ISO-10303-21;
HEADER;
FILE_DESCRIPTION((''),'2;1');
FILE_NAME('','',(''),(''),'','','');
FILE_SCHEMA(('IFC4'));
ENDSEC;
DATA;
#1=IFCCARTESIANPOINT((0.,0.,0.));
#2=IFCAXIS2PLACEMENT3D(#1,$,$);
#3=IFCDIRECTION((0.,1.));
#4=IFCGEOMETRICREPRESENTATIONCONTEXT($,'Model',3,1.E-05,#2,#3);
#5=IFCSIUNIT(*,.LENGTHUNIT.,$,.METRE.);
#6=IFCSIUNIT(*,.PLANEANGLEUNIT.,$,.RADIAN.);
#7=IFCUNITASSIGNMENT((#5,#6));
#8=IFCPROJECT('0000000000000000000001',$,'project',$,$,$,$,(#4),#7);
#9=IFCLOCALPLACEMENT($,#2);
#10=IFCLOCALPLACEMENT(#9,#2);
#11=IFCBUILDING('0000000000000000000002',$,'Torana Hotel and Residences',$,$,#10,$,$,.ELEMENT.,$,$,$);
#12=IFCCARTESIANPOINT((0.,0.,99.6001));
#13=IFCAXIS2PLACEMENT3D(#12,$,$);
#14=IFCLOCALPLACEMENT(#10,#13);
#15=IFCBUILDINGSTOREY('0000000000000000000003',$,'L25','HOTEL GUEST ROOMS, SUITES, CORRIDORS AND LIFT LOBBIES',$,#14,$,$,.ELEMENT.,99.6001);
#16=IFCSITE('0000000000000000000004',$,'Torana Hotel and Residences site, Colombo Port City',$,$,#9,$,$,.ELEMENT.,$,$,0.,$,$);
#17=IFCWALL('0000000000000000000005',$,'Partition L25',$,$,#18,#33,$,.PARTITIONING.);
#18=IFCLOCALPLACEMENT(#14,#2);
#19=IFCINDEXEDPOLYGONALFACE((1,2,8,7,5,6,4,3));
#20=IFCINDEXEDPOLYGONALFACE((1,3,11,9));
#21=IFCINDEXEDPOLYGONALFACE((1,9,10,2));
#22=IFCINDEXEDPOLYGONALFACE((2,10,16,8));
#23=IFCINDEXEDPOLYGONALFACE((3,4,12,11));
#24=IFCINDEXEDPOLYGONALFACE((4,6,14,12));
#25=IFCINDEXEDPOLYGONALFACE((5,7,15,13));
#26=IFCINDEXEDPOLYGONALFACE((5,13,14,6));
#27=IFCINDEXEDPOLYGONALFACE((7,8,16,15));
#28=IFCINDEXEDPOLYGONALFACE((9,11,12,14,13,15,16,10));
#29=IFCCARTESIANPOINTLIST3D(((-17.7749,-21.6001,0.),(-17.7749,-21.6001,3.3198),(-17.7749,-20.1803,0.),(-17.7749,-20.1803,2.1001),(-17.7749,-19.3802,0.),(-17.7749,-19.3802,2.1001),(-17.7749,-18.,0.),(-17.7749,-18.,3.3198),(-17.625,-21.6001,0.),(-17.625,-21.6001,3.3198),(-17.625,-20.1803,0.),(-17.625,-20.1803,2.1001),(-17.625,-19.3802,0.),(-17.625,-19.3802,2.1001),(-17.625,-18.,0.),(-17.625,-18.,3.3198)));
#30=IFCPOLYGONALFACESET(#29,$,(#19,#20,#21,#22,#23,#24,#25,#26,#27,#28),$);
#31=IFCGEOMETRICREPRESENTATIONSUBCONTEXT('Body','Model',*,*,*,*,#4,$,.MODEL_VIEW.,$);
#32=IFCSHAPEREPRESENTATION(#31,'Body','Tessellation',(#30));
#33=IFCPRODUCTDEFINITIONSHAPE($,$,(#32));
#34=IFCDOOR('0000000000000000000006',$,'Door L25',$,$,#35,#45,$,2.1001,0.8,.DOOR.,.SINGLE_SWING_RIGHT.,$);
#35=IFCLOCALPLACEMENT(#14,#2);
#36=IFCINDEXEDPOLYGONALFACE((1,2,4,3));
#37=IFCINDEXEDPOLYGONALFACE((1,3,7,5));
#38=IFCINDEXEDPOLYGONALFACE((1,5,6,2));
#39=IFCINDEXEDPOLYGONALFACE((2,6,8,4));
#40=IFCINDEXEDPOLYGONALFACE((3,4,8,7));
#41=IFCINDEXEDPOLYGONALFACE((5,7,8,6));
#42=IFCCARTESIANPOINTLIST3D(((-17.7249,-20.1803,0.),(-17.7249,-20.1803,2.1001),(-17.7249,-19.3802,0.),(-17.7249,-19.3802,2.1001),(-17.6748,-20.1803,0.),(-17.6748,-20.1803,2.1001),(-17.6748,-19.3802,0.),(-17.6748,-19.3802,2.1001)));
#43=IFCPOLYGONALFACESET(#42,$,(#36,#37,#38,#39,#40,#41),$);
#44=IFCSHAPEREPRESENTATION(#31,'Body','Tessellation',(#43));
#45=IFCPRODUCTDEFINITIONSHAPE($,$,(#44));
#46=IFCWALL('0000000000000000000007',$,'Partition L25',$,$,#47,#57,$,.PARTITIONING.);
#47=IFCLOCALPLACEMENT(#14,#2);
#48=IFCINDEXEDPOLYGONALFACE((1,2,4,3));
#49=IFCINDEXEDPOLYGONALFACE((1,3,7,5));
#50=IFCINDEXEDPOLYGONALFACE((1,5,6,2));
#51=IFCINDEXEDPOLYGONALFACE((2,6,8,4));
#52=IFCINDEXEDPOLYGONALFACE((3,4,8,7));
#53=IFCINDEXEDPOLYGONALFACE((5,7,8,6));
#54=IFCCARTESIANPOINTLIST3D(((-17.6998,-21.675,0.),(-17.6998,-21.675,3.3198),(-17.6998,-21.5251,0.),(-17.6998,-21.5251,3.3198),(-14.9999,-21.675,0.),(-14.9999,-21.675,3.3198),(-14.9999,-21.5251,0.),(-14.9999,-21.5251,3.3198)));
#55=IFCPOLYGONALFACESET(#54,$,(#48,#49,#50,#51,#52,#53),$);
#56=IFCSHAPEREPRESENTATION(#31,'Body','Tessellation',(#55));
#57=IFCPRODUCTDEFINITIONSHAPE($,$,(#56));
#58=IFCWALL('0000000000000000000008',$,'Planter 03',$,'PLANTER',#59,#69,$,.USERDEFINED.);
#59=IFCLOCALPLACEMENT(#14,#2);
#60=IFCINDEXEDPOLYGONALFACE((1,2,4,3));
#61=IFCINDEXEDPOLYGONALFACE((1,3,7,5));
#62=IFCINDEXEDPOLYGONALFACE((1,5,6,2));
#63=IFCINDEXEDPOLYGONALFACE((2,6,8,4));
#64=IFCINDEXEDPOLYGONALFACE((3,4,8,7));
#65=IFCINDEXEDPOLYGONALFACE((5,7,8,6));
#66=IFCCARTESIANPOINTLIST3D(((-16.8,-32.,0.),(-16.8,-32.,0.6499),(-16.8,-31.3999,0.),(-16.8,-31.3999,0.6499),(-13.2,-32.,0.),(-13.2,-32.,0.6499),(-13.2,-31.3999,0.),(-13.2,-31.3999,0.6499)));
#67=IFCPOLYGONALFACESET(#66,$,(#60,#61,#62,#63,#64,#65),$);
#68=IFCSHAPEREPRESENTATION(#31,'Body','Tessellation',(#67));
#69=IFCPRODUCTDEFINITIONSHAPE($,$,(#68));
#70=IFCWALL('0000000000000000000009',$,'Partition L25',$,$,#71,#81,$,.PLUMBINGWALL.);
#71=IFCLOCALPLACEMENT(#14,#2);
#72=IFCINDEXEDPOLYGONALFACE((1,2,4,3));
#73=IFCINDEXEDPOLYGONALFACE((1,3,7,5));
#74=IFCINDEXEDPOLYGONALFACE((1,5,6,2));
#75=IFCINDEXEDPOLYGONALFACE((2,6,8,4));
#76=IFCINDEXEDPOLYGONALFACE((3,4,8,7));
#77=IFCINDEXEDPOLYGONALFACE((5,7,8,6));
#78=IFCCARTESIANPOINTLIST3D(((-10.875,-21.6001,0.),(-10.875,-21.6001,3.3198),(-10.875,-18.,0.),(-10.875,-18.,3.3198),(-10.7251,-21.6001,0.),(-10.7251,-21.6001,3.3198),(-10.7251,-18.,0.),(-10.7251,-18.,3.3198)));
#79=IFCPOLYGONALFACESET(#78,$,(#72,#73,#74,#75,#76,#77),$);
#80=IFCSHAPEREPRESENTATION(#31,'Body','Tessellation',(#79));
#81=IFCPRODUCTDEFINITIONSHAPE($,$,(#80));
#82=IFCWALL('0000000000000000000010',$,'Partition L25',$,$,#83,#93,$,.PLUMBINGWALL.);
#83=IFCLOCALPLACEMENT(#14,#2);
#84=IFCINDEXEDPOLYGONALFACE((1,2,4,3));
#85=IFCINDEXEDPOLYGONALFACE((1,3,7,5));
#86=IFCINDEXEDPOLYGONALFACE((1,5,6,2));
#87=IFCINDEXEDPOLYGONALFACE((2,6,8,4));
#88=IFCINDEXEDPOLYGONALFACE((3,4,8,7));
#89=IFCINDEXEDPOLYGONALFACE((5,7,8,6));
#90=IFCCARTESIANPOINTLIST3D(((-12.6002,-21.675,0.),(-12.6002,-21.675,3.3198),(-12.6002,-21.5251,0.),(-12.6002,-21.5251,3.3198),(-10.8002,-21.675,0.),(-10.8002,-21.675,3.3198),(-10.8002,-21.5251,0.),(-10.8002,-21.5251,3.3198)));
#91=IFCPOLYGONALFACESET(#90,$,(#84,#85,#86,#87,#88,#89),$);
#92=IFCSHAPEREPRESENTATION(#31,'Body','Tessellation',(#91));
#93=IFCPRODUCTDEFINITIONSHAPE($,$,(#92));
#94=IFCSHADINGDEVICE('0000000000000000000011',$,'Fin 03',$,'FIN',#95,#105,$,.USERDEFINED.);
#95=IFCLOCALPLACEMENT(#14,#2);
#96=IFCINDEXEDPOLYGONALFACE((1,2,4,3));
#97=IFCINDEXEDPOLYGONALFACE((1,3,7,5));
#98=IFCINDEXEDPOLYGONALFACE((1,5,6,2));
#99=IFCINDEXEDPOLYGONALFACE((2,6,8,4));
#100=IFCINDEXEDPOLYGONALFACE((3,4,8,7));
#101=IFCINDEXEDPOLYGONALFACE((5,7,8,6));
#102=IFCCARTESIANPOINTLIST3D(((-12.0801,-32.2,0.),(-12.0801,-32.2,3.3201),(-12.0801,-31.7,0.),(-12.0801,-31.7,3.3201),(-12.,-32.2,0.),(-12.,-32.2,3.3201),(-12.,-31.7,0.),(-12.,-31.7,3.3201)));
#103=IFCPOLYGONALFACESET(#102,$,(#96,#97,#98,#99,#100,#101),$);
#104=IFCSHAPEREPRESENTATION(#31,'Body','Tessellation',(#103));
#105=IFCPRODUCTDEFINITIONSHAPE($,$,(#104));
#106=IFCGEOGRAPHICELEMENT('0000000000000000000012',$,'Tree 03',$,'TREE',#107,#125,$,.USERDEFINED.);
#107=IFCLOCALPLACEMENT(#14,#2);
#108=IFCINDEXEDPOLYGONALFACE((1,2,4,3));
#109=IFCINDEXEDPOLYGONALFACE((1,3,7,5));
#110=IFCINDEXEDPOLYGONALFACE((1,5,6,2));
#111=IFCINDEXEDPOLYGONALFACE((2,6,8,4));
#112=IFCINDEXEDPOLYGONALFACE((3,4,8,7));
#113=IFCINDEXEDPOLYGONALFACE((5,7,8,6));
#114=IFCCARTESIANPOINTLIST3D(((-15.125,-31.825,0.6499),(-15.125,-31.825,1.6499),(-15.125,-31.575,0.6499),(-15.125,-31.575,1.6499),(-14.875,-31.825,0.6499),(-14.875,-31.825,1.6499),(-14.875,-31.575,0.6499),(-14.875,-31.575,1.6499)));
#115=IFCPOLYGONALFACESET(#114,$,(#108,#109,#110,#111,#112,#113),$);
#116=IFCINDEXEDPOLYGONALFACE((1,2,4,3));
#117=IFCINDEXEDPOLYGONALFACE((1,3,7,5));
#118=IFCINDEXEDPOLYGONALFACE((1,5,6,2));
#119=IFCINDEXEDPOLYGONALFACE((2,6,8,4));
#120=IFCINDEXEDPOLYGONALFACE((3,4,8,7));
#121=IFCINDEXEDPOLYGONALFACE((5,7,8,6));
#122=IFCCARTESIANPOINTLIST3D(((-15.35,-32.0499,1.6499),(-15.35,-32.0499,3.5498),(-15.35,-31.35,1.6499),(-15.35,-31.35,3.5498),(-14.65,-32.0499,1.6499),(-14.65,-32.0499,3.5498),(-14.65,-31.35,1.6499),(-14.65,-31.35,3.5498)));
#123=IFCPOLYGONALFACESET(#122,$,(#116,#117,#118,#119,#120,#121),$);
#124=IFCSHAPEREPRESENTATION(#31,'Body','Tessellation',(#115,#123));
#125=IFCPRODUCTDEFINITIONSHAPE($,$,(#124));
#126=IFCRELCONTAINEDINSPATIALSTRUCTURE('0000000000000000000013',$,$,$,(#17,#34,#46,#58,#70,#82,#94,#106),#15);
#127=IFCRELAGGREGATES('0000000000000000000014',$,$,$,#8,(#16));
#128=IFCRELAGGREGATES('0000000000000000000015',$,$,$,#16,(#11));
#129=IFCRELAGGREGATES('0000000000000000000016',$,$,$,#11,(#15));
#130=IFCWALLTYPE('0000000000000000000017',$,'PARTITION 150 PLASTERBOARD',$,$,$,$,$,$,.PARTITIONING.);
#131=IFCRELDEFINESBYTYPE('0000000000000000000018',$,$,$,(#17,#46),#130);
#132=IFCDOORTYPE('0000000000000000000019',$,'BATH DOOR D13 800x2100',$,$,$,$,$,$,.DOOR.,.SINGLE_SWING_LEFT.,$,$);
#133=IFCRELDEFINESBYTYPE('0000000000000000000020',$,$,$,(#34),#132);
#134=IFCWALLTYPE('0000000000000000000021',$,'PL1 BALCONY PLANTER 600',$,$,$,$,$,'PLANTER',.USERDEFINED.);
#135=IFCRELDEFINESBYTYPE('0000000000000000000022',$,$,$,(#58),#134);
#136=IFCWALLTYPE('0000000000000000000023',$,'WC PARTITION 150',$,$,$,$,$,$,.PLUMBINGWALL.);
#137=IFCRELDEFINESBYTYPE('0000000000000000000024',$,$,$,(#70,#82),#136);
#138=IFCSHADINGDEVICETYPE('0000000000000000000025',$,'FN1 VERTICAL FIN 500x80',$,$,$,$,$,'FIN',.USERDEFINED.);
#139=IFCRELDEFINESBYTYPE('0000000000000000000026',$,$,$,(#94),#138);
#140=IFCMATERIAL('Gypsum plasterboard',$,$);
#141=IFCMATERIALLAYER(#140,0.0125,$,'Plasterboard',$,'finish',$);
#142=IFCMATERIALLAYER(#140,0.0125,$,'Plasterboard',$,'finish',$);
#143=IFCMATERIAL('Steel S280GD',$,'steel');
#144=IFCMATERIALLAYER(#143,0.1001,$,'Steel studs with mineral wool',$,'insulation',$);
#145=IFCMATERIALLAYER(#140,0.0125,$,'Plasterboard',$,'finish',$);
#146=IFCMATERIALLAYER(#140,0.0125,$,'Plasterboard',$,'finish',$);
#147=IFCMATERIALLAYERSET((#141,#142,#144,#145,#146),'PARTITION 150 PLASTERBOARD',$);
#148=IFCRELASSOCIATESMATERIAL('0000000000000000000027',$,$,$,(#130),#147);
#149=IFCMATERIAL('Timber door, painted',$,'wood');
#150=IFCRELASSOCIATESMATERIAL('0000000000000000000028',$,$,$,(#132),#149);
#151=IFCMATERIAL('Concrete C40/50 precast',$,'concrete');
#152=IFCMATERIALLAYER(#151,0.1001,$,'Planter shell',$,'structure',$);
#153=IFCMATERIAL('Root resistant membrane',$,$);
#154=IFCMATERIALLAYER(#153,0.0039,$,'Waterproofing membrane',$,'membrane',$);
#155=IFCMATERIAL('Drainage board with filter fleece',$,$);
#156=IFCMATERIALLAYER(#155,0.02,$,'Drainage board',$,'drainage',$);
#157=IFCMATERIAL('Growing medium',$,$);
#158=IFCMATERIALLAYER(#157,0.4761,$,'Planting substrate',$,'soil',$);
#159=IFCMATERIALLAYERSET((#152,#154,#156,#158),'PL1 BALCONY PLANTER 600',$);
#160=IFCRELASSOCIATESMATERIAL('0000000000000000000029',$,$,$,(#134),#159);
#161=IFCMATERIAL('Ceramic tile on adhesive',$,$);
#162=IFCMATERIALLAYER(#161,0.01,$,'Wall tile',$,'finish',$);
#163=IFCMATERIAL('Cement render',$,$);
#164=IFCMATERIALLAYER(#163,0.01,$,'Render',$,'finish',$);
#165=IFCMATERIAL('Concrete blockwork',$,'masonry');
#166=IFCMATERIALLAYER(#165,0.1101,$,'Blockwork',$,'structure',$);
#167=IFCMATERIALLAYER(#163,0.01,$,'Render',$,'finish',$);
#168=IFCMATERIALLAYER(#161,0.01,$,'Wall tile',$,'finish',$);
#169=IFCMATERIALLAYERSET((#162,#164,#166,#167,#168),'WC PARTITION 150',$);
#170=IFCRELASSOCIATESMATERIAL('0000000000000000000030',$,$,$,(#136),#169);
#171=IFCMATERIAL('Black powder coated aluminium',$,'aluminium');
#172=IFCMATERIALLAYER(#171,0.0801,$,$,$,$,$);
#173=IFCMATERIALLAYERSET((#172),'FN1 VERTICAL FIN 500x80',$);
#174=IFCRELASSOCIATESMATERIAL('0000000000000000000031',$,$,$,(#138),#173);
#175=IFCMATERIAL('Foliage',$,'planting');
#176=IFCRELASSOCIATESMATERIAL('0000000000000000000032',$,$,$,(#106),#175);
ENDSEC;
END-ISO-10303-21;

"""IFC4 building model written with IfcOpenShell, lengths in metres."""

from ifc_helpers import new_model, si_unit, direction, frame, frame_2d, origin, origin_2d, place, context, subcontext, project, spatial, rectangle, extrude, material, layer, layer_set, type_object, element, fill, save


model = new_model("IFC4")

# Units and contexts
model_context = context("Model", 3, precision=1e-05, world=origin(), true_north=direction((0.0, 1.0)))
body_context = subcontext(model_context, "Body", "Model", "MODEL_VIEW")
ifc_project = project(units=[si_unit("LENGTHUNIT", "METRE"), si_unit("PLANEANGLEUNIT", "RADIAN")], contexts=[model_context])

# Site, building, storey
site_placement = place(None, origin())
site = spatial("IfcSite", under=ifc_project, at=site_placement, Name="Torana Hotel and Residences site, Colombo Port City", CompositionType="ELEMENT", RefElevation=0.0)
building_placement = place(site_placement, origin())
building = spatial("IfcBuilding", under=site, at=building_placement, Name="Torana Hotel and Residences", CompositionType="ELEMENT")
storey_placement = place(building_placement, frame((0.0, 0.0, 99.6001)))
storey = spatial("IfcBuildingStorey", under=building, at=storey_placement, Name="L25", Description="HOTEL GUEST ROOMS, SUITES, CORRIDORS AND LIFT LOBBIES", CompositionType="ELEMENT", Elevation=99.6001)

# Shared definitions
ifc_material_1 = material(Name="Concrete blockwork", Category="masonry")

# Shared definitions
ifc_material_2 = material(Name="Gypsum plasterboard")
ifc_layer_1 = layer(ifc_material_2, 0.0125, Name="Plasterboard", Category="finish")
ifc_layer_2 = layer(ifc_material_2, 0.0125, Name="Plasterboard", Category="finish")
ifc_material_3 = material(Name="Steel S280GD", Category="steel")
ifc_layer_3 = layer(ifc_material_3, 0.1001, Name="Steel studs with mineral wool", Category="insulation")
ifc_layer_4 = layer(ifc_material_2, 0.0125, Name="Plasterboard", Category="finish")
ifc_layer_5 = layer(ifc_material_2, 0.0125, Name="Plasterboard", Category="finish")
ifc_layer_set_1 = layer_set([ifc_layer_1, ifc_layer_2, ifc_layer_3, ifc_layer_4, ifc_layer_5], Name="PARTITION 150 PLASTERBOARD")
wall_type_1 = type_object("IfcWallType", Name="PARTITION 150 PLASTERBOARD", PredefinedType="PARTITIONING", material=ifc_layer_set_1)

# Wall, opening, door
wall_1_placement = place(storey_placement, frame((-17.7, -21.6001, 0.0), z_axis=(0.0, 0.0, 1.0), x_axis=(0.0, 1.0, 0.0)))
wall_1 = element("IfcWall", 1, at=wall_1_placement, inside=storey, type_object=wall_type_1, Name="Partition L25", PredefinedType="PARTITIONING", context=body_context, shape_type="SweptSolid", body=[
    extrude(rectangle(XDim=3.6001, YDim=0.1499, at=frame_2d((1.8, 0.0))), origin(), (0.0, 0.0, 1.0), 3.3198),
])
opening_1_placement = place(wall_1_placement, frame((1.4199, 0.0, 0.0)))
opening_1 = element("IfcOpeningElement", 2, at=opening_1_placement, cuts=wall_1, PredefinedType="OPENING", context=body_context, shape_type="SweptSolid", body=[
    extrude(rectangle(XDim=0.8, YDim=2.1001, at=frame_2d((0.3999, 1.05))), frame((0.0, 0.085, 0.0), z_axis=(0.0, -1.0, 0.0), x_axis=(1.0, 0.0, 0.0)), (0.0, 0.0, 1.0), 0.1699),
])
ifc_material_4 = material(Name="Timber door, painted", Category="wood")
door_type_1 = type_object("IfcDoorType", Name="BATH DOOR D13 800x2100", OperationType="SINGLE_SWING_LEFT", PredefinedType="DOOR", material=ifc_material_4)
door_1_placement = place(opening_1_placement, origin())
door_1 = element("IfcDoor", 3, at=door_1_placement, inside=storey, type_object=door_type_1, Name="Door L25", OperationType="SINGLE_SWING_RIGHT", OverallHeight=2.1001, OverallWidth=0.8, PredefinedType="DOOR", context=body_context, shape_type="SweptSolid", body=[
    extrude(rectangle(XDim=0.8, YDim=2.1001, at=frame_2d((0.3999, 1.05))), frame((0.0, 0.0249, 0.0), z_axis=(0.0, -1.0, 0.0), x_axis=(1.0, 0.0, 0.0)), (0.0, 0.0, 1.0), 0.05),
])
fill(opening_1, door_1)

# Walls
wall_2_placement = place(storey_placement, frame((-17.7, -21.6001, 0.0), z_axis=(0.0, 0.0, 1.0), x_axis=(1.0, 0.0, 0.0)))
element("IfcWall", 4, at=wall_2_placement, inside=storey, type_object=wall_type_1, Name="Partition L25", PredefinedType="PARTITIONING", context=body_context, shape_type="SweptSolid", body=[
    extrude(rectangle(XDim=2.7, YDim=0.1499, at=frame_2d((1.3501, 0.0))), origin(), (0.0, 0.0, 1.0), 3.3198),
])
ifc_material_5 = material(Name="Concrete C40/50 precast", Category="concrete")
ifc_layer_6 = layer(ifc_material_5, 0.1001, Name="Planter shell", Category="structure")
ifc_material_6 = material(Name="Root resistant membrane")
ifc_layer_7 = layer(ifc_material_6, 0.0039, Name="Waterproofing membrane", Category="membrane")
ifc_material_7 = material(Name="Drainage board with filter fleece")
ifc_layer_8 = layer(ifc_material_7, 0.02, Name="Drainage board", Category="drainage")
ifc_material_8 = material(Name="Growing medium")
ifc_layer_9 = layer(ifc_material_8, 0.4761, Name="Planting substrate", Category="soil")
ifc_layer_set_2 = layer_set([ifc_layer_6, ifc_layer_7, ifc_layer_8, ifc_layer_9], Name="PL1 BALCONY PLANTER 600")
wall_type_2 = type_object("IfcWallType", Name="PL1 BALCONY PLANTER 600", ElementType="PLANTER", PredefinedType="USERDEFINED", material=ifc_layer_set_2)
wall_3_placement = place(storey_placement, frame((-13.2, -31.7, 0.0), z_axis=(0.0, 0.0, 1.0), x_axis=(-1.0, 0.0, 0.0)))
element("IfcWall", 5, at=wall_3_placement, inside=storey, type_object=wall_type_2, Name="Planter 03", ObjectType="PLANTER", PredefinedType="USERDEFINED", context=body_context, shape_type="SweptSolid", body=[
    extrude(rectangle(XDim=3.6001, YDim=0.6001, at=frame_2d((1.8, 0.0))), origin(), (0.0, 0.0, 1.0), 0.6499),
])
ifc_material_9 = material(Name="Ceramic tile on adhesive")
ifc_layer_10 = layer(ifc_material_9, 0.01, Name="Wall tile", Category="finish")
ifc_material_10 = material(Name="Cement render")
ifc_layer_11 = layer(ifc_material_10, 0.01, Name="Render", Category="finish")
ifc_layer_12 = layer(ifc_material_1, 0.1101, Name="Blockwork", Category="structure")
ifc_layer_13 = layer(ifc_material_10, 0.01, Name="Render", Category="finish")
ifc_layer_14 = layer(ifc_material_9, 0.01, Name="Wall tile", Category="finish")
ifc_layer_set_3 = layer_set([ifc_layer_10, ifc_layer_11, ifc_layer_12, ifc_layer_13, ifc_layer_14], Name="WC PARTITION 150")
wall_type_3 = type_object("IfcWallType", Name="WC PARTITION 150", PredefinedType="PLUMBINGWALL", material=ifc_layer_set_3)
wall_4_placement = place(storey_placement, frame((-10.8, -21.6001, 0.0), z_axis=(0.0, 0.0, 1.0), x_axis=(0.0, 1.0, 0.0)))
element("IfcWall", 6, at=wall_4_placement, inside=storey, type_object=wall_type_3, Name="Partition L25", PredefinedType="PLUMBINGWALL", context=body_context, shape_type="SweptSolid", body=[
    extrude(rectangle(XDim=3.6001, YDim=0.1499, at=frame_2d((1.8, 0.0))), origin(), (0.0, 0.0, 1.0), 3.3198),
])
wall_5_placement = place(storey_placement, frame((-12.6001, -21.6001, 0.0), z_axis=(0.0, 0.0, 1.0), x_axis=(1.0, 0.0, 0.0)))
element("IfcWall", 7, at=wall_5_placement, inside=storey, type_object=wall_type_3, Name="Partition L25", PredefinedType="PLUMBINGWALL", context=body_context, shape_type="SweptSolid", body=[
    extrude(rectangle(XDim=1.8, YDim=0.1499, at=frame_2d((0.8999, 0.0))), origin(), (0.0, 0.0, 1.0), 3.3198),
])

# Shading device
ifc_material_11 = material(Name="Black powder coated aluminium", Category="aluminium")
ifc_layer_15 = layer(ifc_material_11, 0.0801)
ifc_layer_set_4 = layer_set([ifc_layer_15], Name="FN1 VERTICAL FIN 500x80")
shading_device_type = type_object("IfcShadingDeviceType", Name="FN1 VERTICAL FIN 500x80", ElementType="FIN", PredefinedType="USERDEFINED", material=ifc_layer_set_4)
shading_device_placement = place(storey_placement, frame((-12.04, -31.95, 0.0), z_axis=(0.0, 0.0, 1.0), x_axis=(-1.0, 0.0, 0.0)))
element("IfcShadingDevice", 8, at=shading_device_placement, inside=storey, type_object=shading_device_type, Name="Fin 03", ObjectType="FIN", PredefinedType="USERDEFINED", context=body_context, shape_type="SweptSolid", body=[
    extrude(rectangle(XDim=0.0801, YDim=0.5, at=origin_2d()), origin(), (0.0, 0.0, 1.0), 3.3201),
])

# Geographic element
ifc_material_12 = material(Name="Foliage", Category="planting")
geographic_element_placement = place(storey_placement, frame((-15.0, -31.7, 0.6499), z_axis=(0.0, 0.0, 1.0), x_axis=(1.0, 0.0, 0.0)))
element("IfcGeographicElement", 9, at=geographic_element_placement, inside=storey, material=ifc_material_12, Name="Tree 03", ObjectType="TREE", PredefinedType="USERDEFINED", context=body_context, shape_type="SweptSolid", body=[
    extrude(rectangle(XDim=0.25, YDim=0.25, at=origin_2d()), origin(), (0.0, 0.0, 1.0), 1.0),
    extrude(rectangle(XDim=0.7, YDim=0.7, at=origin_2d()), frame((0.0, 0.0, 1.0)), (0.0, 0.0, 1.0), 1.8999),
])

save(model, "model.ifc")
